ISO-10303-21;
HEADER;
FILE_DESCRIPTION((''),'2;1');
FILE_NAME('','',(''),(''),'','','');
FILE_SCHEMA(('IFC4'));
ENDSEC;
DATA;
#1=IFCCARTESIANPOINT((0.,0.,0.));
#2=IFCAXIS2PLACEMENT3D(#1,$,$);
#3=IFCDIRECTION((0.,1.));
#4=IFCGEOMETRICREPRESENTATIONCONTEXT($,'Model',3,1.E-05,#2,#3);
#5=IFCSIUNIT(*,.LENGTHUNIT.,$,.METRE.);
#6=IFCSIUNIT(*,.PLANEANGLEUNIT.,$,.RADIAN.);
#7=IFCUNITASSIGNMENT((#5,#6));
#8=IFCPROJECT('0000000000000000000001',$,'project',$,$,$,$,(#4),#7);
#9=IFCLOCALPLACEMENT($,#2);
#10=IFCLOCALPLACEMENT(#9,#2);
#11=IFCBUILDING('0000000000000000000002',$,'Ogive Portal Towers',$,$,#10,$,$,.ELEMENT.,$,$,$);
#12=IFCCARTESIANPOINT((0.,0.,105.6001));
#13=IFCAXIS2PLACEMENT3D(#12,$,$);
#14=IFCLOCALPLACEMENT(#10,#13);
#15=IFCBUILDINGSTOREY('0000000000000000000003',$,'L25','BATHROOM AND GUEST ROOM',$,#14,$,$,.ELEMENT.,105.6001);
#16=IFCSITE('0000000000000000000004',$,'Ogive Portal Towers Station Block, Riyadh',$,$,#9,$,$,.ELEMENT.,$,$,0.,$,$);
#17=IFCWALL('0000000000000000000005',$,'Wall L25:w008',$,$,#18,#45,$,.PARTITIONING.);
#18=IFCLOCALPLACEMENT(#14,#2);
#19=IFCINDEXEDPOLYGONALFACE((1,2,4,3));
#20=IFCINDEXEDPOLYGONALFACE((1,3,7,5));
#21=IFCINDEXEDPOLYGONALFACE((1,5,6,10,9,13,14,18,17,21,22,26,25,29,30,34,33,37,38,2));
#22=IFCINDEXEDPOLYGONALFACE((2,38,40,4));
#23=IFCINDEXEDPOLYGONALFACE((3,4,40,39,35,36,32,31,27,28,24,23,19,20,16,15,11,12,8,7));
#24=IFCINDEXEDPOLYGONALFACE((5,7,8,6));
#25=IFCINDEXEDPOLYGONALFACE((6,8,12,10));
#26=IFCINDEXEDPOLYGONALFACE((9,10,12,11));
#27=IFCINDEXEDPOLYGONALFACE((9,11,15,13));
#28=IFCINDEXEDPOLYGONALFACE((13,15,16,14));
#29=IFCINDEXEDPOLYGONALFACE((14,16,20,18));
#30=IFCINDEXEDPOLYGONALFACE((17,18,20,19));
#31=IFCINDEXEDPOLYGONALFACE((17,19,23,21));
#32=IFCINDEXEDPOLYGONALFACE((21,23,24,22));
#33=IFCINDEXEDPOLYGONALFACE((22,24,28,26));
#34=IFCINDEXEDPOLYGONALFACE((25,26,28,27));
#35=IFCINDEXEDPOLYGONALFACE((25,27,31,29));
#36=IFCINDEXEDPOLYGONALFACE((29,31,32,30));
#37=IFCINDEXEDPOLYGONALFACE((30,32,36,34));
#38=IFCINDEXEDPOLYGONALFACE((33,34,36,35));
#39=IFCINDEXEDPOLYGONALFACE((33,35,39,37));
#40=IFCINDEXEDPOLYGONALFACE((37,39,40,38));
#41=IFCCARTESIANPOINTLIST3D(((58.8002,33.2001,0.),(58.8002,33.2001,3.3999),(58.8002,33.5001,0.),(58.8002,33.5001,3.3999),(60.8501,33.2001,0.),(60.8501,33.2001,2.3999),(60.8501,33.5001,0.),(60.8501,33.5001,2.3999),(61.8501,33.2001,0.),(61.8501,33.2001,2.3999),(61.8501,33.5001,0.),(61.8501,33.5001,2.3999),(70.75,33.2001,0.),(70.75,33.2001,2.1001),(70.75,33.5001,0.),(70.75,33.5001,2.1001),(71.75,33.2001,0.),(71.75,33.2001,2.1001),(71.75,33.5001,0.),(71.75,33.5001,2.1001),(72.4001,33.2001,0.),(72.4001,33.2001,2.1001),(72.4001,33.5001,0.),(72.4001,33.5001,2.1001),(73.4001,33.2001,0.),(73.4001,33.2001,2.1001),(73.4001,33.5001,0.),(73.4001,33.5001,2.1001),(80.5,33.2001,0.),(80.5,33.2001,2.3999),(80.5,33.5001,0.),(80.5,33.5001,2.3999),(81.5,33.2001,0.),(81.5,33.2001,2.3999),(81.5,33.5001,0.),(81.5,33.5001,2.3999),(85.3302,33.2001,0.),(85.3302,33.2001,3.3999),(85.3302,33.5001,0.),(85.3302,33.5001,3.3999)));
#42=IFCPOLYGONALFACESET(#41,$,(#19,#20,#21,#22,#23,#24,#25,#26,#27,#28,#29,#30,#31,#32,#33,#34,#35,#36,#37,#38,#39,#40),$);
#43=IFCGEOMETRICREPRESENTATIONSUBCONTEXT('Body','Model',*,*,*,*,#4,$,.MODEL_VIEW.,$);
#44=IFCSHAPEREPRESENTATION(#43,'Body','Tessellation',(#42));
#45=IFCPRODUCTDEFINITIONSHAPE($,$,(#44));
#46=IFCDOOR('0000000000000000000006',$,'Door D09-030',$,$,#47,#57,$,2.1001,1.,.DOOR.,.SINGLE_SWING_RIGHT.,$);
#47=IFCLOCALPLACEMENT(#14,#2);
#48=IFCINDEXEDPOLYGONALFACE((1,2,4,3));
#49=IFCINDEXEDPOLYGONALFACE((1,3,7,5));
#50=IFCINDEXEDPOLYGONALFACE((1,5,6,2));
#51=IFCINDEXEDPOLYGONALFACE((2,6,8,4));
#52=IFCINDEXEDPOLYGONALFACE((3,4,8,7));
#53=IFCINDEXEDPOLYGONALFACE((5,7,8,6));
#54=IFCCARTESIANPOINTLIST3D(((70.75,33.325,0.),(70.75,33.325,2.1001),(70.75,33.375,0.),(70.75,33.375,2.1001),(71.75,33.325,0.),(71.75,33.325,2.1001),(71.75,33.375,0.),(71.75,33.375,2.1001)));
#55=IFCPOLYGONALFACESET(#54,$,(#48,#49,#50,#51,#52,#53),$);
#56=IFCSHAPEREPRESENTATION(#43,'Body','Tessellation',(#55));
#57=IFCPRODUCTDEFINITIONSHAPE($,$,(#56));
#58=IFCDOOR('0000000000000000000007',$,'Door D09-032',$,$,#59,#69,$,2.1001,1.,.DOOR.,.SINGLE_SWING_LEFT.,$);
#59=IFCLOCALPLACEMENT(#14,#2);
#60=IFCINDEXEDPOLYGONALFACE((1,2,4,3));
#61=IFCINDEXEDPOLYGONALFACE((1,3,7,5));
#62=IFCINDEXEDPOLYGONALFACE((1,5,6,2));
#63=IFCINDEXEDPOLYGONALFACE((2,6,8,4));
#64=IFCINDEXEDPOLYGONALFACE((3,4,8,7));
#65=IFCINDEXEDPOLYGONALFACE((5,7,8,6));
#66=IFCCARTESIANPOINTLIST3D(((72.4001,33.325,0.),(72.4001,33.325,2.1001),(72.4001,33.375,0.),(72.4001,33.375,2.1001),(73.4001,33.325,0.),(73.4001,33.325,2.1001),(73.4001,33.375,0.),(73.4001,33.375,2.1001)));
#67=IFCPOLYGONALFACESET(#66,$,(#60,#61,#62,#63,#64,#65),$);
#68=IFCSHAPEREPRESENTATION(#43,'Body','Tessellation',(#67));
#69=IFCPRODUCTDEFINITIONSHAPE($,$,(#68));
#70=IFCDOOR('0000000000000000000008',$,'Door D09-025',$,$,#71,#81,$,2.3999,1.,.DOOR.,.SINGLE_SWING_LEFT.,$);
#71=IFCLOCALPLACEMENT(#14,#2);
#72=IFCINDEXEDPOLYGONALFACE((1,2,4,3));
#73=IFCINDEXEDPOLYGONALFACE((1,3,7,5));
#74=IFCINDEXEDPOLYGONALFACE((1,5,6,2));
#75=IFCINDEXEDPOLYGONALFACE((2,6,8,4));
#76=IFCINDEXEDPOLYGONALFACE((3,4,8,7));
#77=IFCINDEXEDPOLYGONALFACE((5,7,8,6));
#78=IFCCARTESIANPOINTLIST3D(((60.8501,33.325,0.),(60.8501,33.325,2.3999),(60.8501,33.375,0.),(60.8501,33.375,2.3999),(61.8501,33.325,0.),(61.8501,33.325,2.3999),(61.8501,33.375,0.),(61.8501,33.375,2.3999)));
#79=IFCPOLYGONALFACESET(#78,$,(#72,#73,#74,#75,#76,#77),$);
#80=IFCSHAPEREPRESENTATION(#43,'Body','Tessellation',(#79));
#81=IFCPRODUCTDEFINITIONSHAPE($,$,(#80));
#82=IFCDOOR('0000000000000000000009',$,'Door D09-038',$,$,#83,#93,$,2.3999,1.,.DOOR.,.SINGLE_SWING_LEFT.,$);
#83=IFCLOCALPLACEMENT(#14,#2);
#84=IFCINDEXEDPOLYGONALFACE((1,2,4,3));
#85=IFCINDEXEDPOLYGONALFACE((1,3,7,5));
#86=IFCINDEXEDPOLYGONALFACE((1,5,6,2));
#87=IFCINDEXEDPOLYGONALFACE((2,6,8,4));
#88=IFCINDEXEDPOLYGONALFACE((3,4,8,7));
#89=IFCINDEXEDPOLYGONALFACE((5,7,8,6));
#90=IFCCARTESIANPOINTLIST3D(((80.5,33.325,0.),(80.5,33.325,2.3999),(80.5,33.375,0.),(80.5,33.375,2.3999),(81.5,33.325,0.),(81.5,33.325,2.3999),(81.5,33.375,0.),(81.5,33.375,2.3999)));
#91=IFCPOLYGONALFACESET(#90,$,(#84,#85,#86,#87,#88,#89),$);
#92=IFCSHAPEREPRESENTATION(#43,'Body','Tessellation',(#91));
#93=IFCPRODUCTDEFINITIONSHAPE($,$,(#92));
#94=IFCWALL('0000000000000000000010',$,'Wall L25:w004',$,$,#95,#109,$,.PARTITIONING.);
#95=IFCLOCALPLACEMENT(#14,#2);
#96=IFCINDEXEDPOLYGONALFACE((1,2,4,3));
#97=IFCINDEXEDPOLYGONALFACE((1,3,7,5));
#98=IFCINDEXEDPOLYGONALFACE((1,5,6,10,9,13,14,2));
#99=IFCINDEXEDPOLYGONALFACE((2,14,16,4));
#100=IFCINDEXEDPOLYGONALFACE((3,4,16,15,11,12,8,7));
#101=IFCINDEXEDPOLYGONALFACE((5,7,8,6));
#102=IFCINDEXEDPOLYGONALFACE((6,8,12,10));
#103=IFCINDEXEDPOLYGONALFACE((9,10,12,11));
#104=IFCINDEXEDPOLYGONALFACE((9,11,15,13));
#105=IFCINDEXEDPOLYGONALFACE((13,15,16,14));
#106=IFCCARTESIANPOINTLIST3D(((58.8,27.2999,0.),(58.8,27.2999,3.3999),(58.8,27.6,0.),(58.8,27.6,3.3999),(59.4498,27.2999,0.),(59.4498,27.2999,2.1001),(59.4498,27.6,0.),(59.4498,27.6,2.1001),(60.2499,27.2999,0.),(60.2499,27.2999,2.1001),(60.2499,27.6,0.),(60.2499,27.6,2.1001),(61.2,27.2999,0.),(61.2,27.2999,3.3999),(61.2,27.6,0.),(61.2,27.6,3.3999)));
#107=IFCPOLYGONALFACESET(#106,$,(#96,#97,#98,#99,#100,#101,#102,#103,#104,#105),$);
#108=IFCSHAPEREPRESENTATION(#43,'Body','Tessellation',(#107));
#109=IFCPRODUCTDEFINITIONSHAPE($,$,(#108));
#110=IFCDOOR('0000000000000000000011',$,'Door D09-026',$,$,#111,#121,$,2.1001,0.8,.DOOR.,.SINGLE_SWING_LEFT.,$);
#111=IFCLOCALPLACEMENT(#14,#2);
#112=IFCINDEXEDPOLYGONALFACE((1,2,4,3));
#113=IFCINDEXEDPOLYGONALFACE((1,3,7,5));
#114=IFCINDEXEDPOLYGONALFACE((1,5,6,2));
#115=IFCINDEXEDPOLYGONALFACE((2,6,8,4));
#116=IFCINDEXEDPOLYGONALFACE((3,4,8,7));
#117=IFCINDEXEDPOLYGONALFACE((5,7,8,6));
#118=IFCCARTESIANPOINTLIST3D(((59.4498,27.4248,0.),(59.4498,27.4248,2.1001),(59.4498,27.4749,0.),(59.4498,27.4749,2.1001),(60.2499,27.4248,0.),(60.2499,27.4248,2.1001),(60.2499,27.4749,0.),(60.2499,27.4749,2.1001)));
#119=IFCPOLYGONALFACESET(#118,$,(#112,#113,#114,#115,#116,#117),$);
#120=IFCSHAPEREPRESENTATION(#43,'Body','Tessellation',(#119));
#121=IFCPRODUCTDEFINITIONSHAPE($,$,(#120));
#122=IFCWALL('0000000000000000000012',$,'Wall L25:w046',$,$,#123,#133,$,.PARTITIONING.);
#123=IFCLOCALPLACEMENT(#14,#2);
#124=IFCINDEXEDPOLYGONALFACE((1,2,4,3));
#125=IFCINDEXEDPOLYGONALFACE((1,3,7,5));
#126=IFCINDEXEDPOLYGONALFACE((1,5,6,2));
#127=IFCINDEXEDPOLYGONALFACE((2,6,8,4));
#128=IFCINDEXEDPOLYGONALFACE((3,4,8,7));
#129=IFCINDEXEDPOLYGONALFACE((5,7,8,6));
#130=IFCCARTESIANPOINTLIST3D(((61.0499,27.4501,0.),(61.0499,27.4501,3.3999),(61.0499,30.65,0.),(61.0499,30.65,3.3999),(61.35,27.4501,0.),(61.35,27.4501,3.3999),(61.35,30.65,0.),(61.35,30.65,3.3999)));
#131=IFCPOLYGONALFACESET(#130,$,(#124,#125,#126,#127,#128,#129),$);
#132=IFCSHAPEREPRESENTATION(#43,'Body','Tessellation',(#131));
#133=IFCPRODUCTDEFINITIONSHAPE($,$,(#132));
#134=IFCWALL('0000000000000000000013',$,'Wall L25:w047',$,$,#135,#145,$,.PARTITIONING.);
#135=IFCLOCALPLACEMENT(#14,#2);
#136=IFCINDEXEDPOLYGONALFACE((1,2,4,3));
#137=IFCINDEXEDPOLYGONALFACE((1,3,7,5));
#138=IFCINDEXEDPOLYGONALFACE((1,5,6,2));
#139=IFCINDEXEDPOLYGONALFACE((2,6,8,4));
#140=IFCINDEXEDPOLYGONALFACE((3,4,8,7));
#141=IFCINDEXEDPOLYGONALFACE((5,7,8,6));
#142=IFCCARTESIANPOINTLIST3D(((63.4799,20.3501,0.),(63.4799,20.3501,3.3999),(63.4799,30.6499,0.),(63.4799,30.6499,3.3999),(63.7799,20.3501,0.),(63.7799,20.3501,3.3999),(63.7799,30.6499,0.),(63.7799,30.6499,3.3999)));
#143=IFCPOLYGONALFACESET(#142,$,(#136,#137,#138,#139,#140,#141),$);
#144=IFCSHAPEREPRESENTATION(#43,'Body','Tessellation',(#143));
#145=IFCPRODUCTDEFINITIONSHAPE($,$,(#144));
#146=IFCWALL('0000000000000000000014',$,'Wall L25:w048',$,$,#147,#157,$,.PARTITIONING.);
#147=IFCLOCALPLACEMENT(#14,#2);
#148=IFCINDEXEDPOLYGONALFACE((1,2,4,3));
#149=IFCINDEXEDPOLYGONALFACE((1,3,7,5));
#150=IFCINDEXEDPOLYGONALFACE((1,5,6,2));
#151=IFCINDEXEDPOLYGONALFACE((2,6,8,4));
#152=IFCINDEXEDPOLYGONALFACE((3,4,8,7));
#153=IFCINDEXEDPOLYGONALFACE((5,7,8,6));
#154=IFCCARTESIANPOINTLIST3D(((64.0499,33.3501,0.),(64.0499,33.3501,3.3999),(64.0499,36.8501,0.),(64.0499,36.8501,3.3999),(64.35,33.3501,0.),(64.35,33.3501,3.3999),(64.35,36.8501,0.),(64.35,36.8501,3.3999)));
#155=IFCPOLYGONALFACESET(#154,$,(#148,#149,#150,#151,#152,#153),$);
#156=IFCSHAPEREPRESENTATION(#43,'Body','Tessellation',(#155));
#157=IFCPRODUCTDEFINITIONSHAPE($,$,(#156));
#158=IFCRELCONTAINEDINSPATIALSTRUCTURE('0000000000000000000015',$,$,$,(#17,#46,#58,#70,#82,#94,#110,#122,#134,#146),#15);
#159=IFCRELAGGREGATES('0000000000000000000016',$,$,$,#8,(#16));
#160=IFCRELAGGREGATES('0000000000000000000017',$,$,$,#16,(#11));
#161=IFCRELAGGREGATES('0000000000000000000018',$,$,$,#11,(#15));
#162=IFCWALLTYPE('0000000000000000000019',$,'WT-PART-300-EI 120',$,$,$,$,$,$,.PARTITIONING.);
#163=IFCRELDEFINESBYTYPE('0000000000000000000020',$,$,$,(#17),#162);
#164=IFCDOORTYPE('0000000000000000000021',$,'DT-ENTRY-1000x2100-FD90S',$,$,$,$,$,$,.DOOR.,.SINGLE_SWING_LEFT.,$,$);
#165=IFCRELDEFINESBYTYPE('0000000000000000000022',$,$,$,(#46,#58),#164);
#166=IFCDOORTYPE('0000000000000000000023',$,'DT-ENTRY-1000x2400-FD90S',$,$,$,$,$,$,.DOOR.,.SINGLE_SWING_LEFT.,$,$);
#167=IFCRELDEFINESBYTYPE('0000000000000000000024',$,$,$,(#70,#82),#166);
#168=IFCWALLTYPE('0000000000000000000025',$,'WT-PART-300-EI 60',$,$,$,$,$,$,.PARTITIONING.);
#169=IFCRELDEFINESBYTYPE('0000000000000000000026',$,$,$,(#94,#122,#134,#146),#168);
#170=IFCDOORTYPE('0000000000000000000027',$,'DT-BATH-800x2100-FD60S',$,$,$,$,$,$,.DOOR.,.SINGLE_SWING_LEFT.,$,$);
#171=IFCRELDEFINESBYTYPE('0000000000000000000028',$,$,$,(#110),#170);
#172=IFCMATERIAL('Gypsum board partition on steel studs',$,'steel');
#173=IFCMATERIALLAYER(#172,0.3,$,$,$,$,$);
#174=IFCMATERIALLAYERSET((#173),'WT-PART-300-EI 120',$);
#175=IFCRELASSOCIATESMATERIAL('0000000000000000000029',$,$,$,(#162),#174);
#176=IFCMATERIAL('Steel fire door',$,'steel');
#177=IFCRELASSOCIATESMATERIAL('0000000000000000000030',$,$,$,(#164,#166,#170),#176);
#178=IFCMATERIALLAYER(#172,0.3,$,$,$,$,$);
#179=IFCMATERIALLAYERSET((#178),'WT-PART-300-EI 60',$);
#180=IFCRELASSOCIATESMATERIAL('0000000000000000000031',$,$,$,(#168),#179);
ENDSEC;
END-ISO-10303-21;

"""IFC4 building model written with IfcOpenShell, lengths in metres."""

from ifc_helpers import new_model, si_unit, direction, frame, frame_2d, origin, place, context, subcontext, project, spatial, rectangle, extrude, material, layer, layer_set, type_object, element, fill, save


model = new_model("IFC4")

# Units and contexts
model_context = context("Model", 3, precision=1e-05, world=origin(), true_north=direction((0.0, 1.0)))
body_context = subcontext(model_context, "Body", "Model", "MODEL_VIEW")
ifc_project = project(units=[si_unit("LENGTHUNIT", "METRE"), si_unit("PLANEANGLEUNIT", "RADIAN")], contexts=[model_context])

# Site, building, storey
site_placement = place(None, origin())
site = spatial("IfcSite", under=ifc_project, at=site_placement, Name="Ogive Portal Towers Station Block, Riyadh", CompositionType="ELEMENT", RefElevation=0.0)
building_placement = place(site_placement, origin())
building = spatial("IfcBuilding", under=site, at=building_placement, Name="Ogive Portal Towers", CompositionType="ELEMENT")
storey_placement = place(building_placement, frame((0.0, 0.0, 105.6001)))
storey = spatial("IfcBuildingStorey", under=building, at=storey_placement, Name="L25", Description="BATHROOM AND GUEST ROOM", CompositionType="ELEMENT", Elevation=105.6001)

# Wall, openings, doors
ifc_material_1 = material(Name="Gypsum board partition on steel studs", Category="steel")
ifc_layer_1 = layer(ifc_material_1, 0.3)
ifc_layer_set_1 = layer_set([ifc_layer_1], Name="WT-PART-300-EI 120")
wall_type_1 = type_object("IfcWallType", Name="WT-PART-300-EI 120", PredefinedType="PARTITIONING", material=ifc_layer_set_1)
ifc_material_2 = material(Name="Steel fire door", Category="steel")
door_type_1 = type_object("IfcDoorType", Name="DT-ENTRY-1000x2100-FD90S", OperationType="SINGLE_SWING_LEFT", PredefinedType="DOOR", material=ifc_material_2)
door_type_2 = type_object("IfcDoorType", Name="DT-ENTRY-1000x2400-FD90S", OperationType="SINGLE_SWING_LEFT", PredefinedType="DOOR", material=ifc_material_2)
wall_1_placement = place(storey_placement, frame((58.8, 33.3501, 0.0), z_axis=(0.0, 0.0, 1.0), x_axis=(1.0, 0.0, 0.0)))
wall_1 = element("IfcWall", 1, at=wall_1_placement, inside=storey, type_object=wall_type_1, Name="Wall L25:w008", PredefinedType="PARTITIONING", context=body_context, shape_type="SweptSolid", body=[
    extrude(rectangle(XDim=26.53, YDim=0.3, at=frame_2d((13.2651, 0.0))), origin(), (0.0, 0.0, 1.0), 3.3999),
])
opening_1_placement = place(wall_1_placement, frame((2.05, 0.0, 0.0)))
opening_1 = element("IfcOpeningElement", 2, at=opening_1_placement, cuts=wall_1, PredefinedType="OPENING", context=body_context, shape_type="SweptSolid", body=[
    extrude(rectangle(XDim=1.0, YDim=2.3999, at=frame_2d((0.5, 1.2))), frame((0.0, 0.1602, 0.0), z_axis=(0.0, -1.0, 0.0), x_axis=(1.0, 0.0, 0.0)), (0.0, 0.0, 1.0), 0.3201),
])
opening_2_placement = place(wall_1_placement, frame((11.95, 0.0, 0.0)))
opening_2 = element("IfcOpeningElement", 3, at=opening_2_placement, cuts=wall_1, PredefinedType="OPENING", context=body_context, shape_type="SweptSolid", body=[
    extrude(rectangle(XDim=1.0, YDim=2.1001, at=frame_2d((0.5, 1.05))), frame((0.0, 0.1602, 0.0), z_axis=(0.0, -1.0, 0.0), x_axis=(1.0, 0.0, 0.0)), (0.0, 0.0, 1.0), 0.3201),
])
opening_3_placement = place(wall_1_placement, frame((13.6001, 0.0, 0.0)))
opening_3 = element("IfcOpeningElement", 4, at=opening_3_placement, cuts=wall_1, PredefinedType="OPENING", context=body_context, shape_type="SweptSolid", body=[
    extrude(rectangle(XDim=1.0, YDim=2.1001, at=frame_2d((0.5, 1.05))), frame((0.0, 0.1602, 0.0), z_axis=(0.0, -1.0, 0.0), x_axis=(1.0, 0.0, 0.0)), (0.0, 0.0, 1.0), 0.3201),
])
opening_4_placement = place(wall_1_placement, frame((21.7, 0.0, 0.0)))
opening_4 = element("IfcOpeningElement", 5, at=opening_4_placement, cuts=wall_1, PredefinedType="OPENING", context=body_context, shape_type="SweptSolid", body=[
    extrude(rectangle(XDim=1.0, YDim=2.3999, at=frame_2d((0.5, 1.2))), frame((0.0, 0.1602, 0.0), z_axis=(0.0, -1.0, 0.0), x_axis=(1.0, 0.0, 0.0)), (0.0, 0.0, 1.0), 0.3201),
])
door_1_placement = place(opening_2_placement, origin())
door_1 = element("IfcDoor", 6, at=door_1_placement, inside=storey, type_object=door_type_1, Name="Door D09-030", OperationType="SINGLE_SWING_RIGHT", OverallHeight=2.1001, OverallWidth=1.0, PredefinedType="DOOR", context=body_context, shape_type="SweptSolid", body=[
    extrude(rectangle(XDim=1.0, YDim=2.1001, at=frame_2d((0.5, 1.05))), frame((0.0, 0.0249, 0.0), z_axis=(0.0, -1.0, 0.0), x_axis=(1.0, 0.0, 0.0)), (0.0, 0.0, 1.0), 0.05),
])
fill(opening_2, door_1)
door_2_placement = place(opening_3_placement, origin())
door_2 = element("IfcDoor", 7, at=door_2_placement, inside=storey, type_object=door_type_1, Name="Door D09-032", OperationType="SINGLE_SWING_LEFT", OverallHeight=2.1001, OverallWidth=1.0, PredefinedType="DOOR", context=body_context, shape_type="SweptSolid", body=[
    extrude(rectangle(XDim=1.0, YDim=2.1001, at=frame_2d((0.5, 1.05))), frame((0.0, 0.0249, 0.0), z_axis=(0.0, -1.0, 0.0), x_axis=(1.0, 0.0, 0.0)), (0.0, 0.0, 1.0), 0.05),
])
fill(opening_3, door_2)
door_3_placement = place(opening_1_placement, origin())
door_3 = element("IfcDoor", 8, at=door_3_placement, inside=storey, type_object=door_type_2, Name="Door D09-025", OperationType="SINGLE_SWING_LEFT", OverallHeight=2.3999, OverallWidth=1.0, PredefinedType="DOOR", context=body_context, shape_type="SweptSolid", body=[
    extrude(rectangle(XDim=1.0, YDim=2.3999, at=frame_2d((0.5, 1.2))), frame((0.0, 0.0249, 0.0), z_axis=(0.0, -1.0, 0.0), x_axis=(1.0, 0.0, 0.0)), (0.0, 0.0, 1.0), 0.05),
])
fill(opening_1, door_3)
door_4_placement = place(opening_4_placement, origin())
door_4 = element("IfcDoor", 9, at=door_4_placement, inside=storey, type_object=door_type_2, Name="Door D09-038", OperationType="SINGLE_SWING_LEFT", OverallHeight=2.3999, OverallWidth=1.0, PredefinedType="DOOR", context=body_context, shape_type="SweptSolid", body=[
    extrude(rectangle(XDim=1.0, YDim=2.3999, at=frame_2d((0.5, 1.2))), frame((0.0, 0.0249, 0.0), z_axis=(0.0, -1.0, 0.0), x_axis=(1.0, 0.0, 0.0)), (0.0, 0.0, 1.0), 0.05),
])
fill(opening_4, door_4)

# Wall, opening, door
ifc_layer_2 = layer(ifc_material_1, 0.3)
ifc_layer_set_2 = layer_set([ifc_layer_2], Name="WT-PART-300-EI 60")
wall_type_2 = type_object("IfcWallType", Name="WT-PART-300-EI 60", PredefinedType="PARTITIONING", material=ifc_layer_set_2)
wall_2_placement = place(storey_placement, frame((58.8, 27.45, 0.0), z_axis=(0.0, 0.0, 1.0), x_axis=(1.0, 0.0, 0.0)))
wall_2 = element("IfcWall", 10, at=wall_2_placement, inside=storey, type_object=wall_type_2, Name="Wall L25:w004", PredefinedType="PARTITIONING", context=body_context, shape_type="SweptSolid", body=[
    extrude(rectangle(XDim=2.3999, YDim=0.3, at=frame_2d((1.2, 0.0))), origin(), (0.0, 0.0, 1.0), 3.3999),
])
opening_5_placement = place(wall_2_placement, frame((0.6499, 0.0, 0.0)))
opening_5 = element("IfcOpeningElement", 11, at=opening_5_placement, cuts=wall_2, PredefinedType="OPENING", context=body_context, shape_type="SweptSolid", body=[
    extrude(rectangle(XDim=0.8, YDim=2.1001, at=frame_2d((0.3999, 1.05))), frame((0.0, 0.1602, 0.0), z_axis=(0.0, -1.0, 0.0), x_axis=(1.0, 0.0, 0.0)), (0.0, 0.0, 1.0), 0.3201),
])
door_type_3 = type_object("IfcDoorType", Name="DT-BATH-800x2100-FD60S", OperationType="SINGLE_SWING_LEFT", PredefinedType="DOOR", material=ifc_material_2)
door_5_placement = place(opening_5_placement, origin())
door_5 = element("IfcDoor", 12, at=door_5_placement, inside=storey, type_object=door_type_3, Name="Door D09-026", OperationType="SINGLE_SWING_LEFT", OverallHeight=2.1001, OverallWidth=0.8, PredefinedType="DOOR", context=body_context, shape_type="SweptSolid", body=[
    extrude(rectangle(XDim=0.8, YDim=2.1001, at=frame_2d((0.3999, 1.05))), frame((0.0, 0.0249, 0.0), z_axis=(0.0, -1.0, 0.0), x_axis=(1.0, 0.0, 0.0)), (0.0, 0.0, 1.0), 0.05),
])
fill(opening_5, door_5)

# Walls
wall_3_placement = place(storey_placement, frame((61.2, 27.45, 0.0), z_axis=(0.0, 0.0, 1.0), x_axis=(0.0, 1.0, 0.0)))
element("IfcWall", 13, at=wall_3_placement, inside=storey, type_object=wall_type_2, Name="Wall L25:w046", PredefinedType="PARTITIONING", context=body_context, shape_type="SweptSolid", body=[
    extrude(rectangle(XDim=3.2, YDim=0.3, at=frame_2d((1.6001, 0.0))), origin(), (0.0, 0.0, 1.0), 3.3999),
])
wall_4_placement = place(storey_placement, frame((63.6299, 20.3501, 0.0), z_axis=(0.0, 0.0, 1.0), x_axis=(0.0, 1.0, 0.0)))
element("IfcWall", 14, at=wall_4_placement, inside=storey, type_object=wall_type_2, Name="Wall L25:w047", PredefinedType="PARTITIONING", context=body_context, shape_type="SweptSolid", body=[
    extrude(rectangle(XDim=10.2998, YDim=0.3, at=frame_2d((5.1499, 0.0))), origin(), (0.0, 0.0, 1.0), 3.3999),
])
wall_5_placement = place(storey_placement, frame((64.2, 33.3501, 0.0), z_axis=(0.0, 0.0, 1.0), x_axis=(0.0, 1.0, 0.0)))
element("IfcWall", 15, at=wall_5_placement, inside=storey, type_object=wall_type_2, Name="Wall L25:w048", PredefinedType="PARTITIONING", context=body_context, shape_type="SweptSolid", body=[
    extrude(rectangle(XDim=3.5, YDim=0.3, at=frame_2d((1.75, 0.0))), origin(), (0.0, 0.0, 1.0), 3.3999),
])

save(model, "model.ifc")
